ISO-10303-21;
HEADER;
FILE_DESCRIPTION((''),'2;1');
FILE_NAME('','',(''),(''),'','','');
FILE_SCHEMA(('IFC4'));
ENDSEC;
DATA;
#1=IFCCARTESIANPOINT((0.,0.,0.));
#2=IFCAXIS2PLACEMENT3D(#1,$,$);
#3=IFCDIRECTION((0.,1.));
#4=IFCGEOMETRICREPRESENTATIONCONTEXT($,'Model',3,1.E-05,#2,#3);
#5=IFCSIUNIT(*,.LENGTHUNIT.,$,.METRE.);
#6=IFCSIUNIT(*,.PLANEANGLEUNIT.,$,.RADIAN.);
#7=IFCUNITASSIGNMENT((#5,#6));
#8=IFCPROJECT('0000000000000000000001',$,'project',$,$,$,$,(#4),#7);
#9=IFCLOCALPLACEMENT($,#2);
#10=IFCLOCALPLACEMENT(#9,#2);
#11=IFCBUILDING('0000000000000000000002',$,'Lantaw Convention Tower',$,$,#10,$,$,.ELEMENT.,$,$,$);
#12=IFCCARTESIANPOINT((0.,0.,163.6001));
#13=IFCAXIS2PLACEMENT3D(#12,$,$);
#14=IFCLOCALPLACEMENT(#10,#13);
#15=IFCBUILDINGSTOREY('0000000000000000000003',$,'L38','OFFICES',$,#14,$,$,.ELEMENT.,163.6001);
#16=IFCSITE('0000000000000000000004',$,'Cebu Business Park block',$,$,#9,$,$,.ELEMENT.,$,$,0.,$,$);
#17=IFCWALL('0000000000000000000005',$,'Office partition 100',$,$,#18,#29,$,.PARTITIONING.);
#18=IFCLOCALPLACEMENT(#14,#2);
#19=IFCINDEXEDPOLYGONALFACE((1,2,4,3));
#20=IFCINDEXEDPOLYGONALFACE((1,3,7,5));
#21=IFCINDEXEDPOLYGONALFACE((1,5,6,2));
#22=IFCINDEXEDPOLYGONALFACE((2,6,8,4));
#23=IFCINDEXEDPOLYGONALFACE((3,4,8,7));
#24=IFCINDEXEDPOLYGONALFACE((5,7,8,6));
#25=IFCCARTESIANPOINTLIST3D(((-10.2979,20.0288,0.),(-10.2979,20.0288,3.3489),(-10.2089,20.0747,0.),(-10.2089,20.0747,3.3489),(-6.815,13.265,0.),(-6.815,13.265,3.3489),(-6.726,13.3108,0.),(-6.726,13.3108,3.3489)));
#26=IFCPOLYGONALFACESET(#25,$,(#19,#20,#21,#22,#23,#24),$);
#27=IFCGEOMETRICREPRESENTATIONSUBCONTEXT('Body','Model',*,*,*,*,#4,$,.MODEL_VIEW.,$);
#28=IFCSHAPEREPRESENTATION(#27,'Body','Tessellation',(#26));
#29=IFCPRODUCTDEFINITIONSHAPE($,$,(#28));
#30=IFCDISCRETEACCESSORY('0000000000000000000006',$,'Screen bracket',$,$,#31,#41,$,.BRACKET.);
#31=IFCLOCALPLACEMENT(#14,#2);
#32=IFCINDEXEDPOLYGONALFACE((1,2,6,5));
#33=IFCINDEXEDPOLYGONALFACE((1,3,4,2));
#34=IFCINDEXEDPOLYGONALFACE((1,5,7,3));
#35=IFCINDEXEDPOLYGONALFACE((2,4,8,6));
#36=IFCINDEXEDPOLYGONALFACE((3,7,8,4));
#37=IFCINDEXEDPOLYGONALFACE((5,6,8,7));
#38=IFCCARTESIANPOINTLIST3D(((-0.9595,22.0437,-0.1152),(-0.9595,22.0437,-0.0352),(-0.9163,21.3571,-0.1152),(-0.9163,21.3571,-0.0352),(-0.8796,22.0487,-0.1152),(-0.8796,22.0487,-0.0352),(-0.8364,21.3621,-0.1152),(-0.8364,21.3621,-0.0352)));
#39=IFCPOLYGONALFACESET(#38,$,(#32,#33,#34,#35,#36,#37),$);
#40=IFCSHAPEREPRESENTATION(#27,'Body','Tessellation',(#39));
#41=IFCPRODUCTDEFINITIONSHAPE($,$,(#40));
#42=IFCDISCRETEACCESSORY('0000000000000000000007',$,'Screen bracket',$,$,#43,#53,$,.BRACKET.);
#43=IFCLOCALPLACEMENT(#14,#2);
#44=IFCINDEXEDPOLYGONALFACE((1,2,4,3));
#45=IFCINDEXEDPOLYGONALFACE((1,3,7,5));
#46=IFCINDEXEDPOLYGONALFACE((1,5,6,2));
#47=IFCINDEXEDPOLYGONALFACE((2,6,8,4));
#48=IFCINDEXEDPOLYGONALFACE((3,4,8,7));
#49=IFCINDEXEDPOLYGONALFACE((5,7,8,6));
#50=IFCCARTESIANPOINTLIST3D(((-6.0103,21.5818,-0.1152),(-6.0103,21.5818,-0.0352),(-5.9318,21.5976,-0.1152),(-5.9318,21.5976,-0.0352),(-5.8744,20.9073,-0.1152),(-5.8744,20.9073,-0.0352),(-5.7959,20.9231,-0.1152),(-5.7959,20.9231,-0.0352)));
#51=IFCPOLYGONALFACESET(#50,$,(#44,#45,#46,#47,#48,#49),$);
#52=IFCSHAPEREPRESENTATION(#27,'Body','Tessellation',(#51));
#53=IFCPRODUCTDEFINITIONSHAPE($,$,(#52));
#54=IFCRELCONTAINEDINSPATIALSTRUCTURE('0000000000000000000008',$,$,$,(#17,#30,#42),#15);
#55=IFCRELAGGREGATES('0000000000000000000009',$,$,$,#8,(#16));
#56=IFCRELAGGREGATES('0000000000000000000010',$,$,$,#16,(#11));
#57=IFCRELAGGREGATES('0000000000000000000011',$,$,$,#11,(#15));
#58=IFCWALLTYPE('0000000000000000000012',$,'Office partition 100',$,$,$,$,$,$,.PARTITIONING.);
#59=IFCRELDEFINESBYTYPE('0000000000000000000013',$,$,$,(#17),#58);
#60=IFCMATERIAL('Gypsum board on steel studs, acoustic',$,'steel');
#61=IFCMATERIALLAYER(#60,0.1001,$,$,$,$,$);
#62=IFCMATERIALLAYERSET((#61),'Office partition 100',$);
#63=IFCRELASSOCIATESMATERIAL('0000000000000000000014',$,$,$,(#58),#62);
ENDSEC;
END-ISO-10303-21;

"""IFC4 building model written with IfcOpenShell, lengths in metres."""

from ifc_helpers import new_model, si_unit, direction, frame, frame_2d, origin, origin_2d, place, context, subcontext, project, spatial, rectangle, extrude, material, layer, layer_set, type_object, element, save


model = new_model("IFC4")

# Units and contexts
model_context = context("Model", 3, precision=1e-05, world=origin(), true_north=direction((0.0, 1.0)))
body_context = subcontext(model_context, "Body", "Model", "MODEL_VIEW")
ifc_project = project(units=[si_unit("LENGTHUNIT", "METRE"), si_unit("PLANEANGLEUNIT", "RADIAN")], contexts=[model_context])

# Site, building, storey
site_placement = place(None, origin())
site = spatial("IfcSite", under=ifc_project, at=site_placement, Name="Cebu Business Park block", CompositionType="ELEMENT", RefElevation=0.0)
building_placement = place(site_placement, origin())
building = spatial("IfcBuilding", under=site, at=building_placement, Name="Lantaw Convention Tower", CompositionType="ELEMENT")
storey_placement = place(building_placement, frame((0.0, 0.0, 163.6001)))
storey = spatial("IfcBuildingStorey", under=building, at=storey_placement, Name="L38", Description="OFFICES", CompositionType="ELEMENT", Elevation=163.6001)

# Wall
ifc_material_1 = material(Name="Gypsum board on steel studs, acoustic", Category="steel")
ifc_layer_1 = layer(ifc_material_1, 0.1001)
ifc_layer_set_1 = layer_set([ifc_layer_1], Name="Office partition 100")
wall_type = type_object("IfcWallType", Name="Office partition 100", PredefinedType="PARTITIONING", material=ifc_layer_set_1)
wall_1_placement = place(storey_placement, frame((-10.2534, 20.0518, 0.0), z_axis=(0.0, 0.0, 1.0), x_axis=(0.457798, -0.889056, 0.0)))
element("IfcWall", 1, at=wall_1_placement, inside=storey, type_object=wall_type, Name="Office partition 100", PredefinedType="PARTITIONING", context=body_context, shape_type="SweptSolid", body=[
    extrude(rectangle(XDim=7.6079, YDim=0.1001, at=frame_2d((3.804, 0.0))), origin(), (0.0, 0.0, 1.0), 3.3489),
])

# Discrete accessories
for number, where, z_axis, x_axis, name in (
    (2, (-0.8979, 21.7029, -0.1152), (0.0, 0.0, 1.0), (-0.998022, -0.062865, 0.0), "Screen bracket"),
    (3, (-5.9031, 21.2524, -0.1152), (0.0, 0.0, 1.0), (-0.980302, -0.197507, 0.0), "Screen bracket"),
):
    element("IfcDiscreteAccessory", number, at=place(storey_placement, frame(where, z_axis=z_axis, x_axis=x_axis)), inside=storey, Name=name, PredefinedType="BRACKET", context=body_context, shape_type="SweptSolid", body=[
        extrude(rectangle(XDim=0.0801, YDim=0.688, at=origin_2d()), origin(), (0.0, 0.0, 1.0), 0.0801),
    ])

save(model, "model.ifc")
